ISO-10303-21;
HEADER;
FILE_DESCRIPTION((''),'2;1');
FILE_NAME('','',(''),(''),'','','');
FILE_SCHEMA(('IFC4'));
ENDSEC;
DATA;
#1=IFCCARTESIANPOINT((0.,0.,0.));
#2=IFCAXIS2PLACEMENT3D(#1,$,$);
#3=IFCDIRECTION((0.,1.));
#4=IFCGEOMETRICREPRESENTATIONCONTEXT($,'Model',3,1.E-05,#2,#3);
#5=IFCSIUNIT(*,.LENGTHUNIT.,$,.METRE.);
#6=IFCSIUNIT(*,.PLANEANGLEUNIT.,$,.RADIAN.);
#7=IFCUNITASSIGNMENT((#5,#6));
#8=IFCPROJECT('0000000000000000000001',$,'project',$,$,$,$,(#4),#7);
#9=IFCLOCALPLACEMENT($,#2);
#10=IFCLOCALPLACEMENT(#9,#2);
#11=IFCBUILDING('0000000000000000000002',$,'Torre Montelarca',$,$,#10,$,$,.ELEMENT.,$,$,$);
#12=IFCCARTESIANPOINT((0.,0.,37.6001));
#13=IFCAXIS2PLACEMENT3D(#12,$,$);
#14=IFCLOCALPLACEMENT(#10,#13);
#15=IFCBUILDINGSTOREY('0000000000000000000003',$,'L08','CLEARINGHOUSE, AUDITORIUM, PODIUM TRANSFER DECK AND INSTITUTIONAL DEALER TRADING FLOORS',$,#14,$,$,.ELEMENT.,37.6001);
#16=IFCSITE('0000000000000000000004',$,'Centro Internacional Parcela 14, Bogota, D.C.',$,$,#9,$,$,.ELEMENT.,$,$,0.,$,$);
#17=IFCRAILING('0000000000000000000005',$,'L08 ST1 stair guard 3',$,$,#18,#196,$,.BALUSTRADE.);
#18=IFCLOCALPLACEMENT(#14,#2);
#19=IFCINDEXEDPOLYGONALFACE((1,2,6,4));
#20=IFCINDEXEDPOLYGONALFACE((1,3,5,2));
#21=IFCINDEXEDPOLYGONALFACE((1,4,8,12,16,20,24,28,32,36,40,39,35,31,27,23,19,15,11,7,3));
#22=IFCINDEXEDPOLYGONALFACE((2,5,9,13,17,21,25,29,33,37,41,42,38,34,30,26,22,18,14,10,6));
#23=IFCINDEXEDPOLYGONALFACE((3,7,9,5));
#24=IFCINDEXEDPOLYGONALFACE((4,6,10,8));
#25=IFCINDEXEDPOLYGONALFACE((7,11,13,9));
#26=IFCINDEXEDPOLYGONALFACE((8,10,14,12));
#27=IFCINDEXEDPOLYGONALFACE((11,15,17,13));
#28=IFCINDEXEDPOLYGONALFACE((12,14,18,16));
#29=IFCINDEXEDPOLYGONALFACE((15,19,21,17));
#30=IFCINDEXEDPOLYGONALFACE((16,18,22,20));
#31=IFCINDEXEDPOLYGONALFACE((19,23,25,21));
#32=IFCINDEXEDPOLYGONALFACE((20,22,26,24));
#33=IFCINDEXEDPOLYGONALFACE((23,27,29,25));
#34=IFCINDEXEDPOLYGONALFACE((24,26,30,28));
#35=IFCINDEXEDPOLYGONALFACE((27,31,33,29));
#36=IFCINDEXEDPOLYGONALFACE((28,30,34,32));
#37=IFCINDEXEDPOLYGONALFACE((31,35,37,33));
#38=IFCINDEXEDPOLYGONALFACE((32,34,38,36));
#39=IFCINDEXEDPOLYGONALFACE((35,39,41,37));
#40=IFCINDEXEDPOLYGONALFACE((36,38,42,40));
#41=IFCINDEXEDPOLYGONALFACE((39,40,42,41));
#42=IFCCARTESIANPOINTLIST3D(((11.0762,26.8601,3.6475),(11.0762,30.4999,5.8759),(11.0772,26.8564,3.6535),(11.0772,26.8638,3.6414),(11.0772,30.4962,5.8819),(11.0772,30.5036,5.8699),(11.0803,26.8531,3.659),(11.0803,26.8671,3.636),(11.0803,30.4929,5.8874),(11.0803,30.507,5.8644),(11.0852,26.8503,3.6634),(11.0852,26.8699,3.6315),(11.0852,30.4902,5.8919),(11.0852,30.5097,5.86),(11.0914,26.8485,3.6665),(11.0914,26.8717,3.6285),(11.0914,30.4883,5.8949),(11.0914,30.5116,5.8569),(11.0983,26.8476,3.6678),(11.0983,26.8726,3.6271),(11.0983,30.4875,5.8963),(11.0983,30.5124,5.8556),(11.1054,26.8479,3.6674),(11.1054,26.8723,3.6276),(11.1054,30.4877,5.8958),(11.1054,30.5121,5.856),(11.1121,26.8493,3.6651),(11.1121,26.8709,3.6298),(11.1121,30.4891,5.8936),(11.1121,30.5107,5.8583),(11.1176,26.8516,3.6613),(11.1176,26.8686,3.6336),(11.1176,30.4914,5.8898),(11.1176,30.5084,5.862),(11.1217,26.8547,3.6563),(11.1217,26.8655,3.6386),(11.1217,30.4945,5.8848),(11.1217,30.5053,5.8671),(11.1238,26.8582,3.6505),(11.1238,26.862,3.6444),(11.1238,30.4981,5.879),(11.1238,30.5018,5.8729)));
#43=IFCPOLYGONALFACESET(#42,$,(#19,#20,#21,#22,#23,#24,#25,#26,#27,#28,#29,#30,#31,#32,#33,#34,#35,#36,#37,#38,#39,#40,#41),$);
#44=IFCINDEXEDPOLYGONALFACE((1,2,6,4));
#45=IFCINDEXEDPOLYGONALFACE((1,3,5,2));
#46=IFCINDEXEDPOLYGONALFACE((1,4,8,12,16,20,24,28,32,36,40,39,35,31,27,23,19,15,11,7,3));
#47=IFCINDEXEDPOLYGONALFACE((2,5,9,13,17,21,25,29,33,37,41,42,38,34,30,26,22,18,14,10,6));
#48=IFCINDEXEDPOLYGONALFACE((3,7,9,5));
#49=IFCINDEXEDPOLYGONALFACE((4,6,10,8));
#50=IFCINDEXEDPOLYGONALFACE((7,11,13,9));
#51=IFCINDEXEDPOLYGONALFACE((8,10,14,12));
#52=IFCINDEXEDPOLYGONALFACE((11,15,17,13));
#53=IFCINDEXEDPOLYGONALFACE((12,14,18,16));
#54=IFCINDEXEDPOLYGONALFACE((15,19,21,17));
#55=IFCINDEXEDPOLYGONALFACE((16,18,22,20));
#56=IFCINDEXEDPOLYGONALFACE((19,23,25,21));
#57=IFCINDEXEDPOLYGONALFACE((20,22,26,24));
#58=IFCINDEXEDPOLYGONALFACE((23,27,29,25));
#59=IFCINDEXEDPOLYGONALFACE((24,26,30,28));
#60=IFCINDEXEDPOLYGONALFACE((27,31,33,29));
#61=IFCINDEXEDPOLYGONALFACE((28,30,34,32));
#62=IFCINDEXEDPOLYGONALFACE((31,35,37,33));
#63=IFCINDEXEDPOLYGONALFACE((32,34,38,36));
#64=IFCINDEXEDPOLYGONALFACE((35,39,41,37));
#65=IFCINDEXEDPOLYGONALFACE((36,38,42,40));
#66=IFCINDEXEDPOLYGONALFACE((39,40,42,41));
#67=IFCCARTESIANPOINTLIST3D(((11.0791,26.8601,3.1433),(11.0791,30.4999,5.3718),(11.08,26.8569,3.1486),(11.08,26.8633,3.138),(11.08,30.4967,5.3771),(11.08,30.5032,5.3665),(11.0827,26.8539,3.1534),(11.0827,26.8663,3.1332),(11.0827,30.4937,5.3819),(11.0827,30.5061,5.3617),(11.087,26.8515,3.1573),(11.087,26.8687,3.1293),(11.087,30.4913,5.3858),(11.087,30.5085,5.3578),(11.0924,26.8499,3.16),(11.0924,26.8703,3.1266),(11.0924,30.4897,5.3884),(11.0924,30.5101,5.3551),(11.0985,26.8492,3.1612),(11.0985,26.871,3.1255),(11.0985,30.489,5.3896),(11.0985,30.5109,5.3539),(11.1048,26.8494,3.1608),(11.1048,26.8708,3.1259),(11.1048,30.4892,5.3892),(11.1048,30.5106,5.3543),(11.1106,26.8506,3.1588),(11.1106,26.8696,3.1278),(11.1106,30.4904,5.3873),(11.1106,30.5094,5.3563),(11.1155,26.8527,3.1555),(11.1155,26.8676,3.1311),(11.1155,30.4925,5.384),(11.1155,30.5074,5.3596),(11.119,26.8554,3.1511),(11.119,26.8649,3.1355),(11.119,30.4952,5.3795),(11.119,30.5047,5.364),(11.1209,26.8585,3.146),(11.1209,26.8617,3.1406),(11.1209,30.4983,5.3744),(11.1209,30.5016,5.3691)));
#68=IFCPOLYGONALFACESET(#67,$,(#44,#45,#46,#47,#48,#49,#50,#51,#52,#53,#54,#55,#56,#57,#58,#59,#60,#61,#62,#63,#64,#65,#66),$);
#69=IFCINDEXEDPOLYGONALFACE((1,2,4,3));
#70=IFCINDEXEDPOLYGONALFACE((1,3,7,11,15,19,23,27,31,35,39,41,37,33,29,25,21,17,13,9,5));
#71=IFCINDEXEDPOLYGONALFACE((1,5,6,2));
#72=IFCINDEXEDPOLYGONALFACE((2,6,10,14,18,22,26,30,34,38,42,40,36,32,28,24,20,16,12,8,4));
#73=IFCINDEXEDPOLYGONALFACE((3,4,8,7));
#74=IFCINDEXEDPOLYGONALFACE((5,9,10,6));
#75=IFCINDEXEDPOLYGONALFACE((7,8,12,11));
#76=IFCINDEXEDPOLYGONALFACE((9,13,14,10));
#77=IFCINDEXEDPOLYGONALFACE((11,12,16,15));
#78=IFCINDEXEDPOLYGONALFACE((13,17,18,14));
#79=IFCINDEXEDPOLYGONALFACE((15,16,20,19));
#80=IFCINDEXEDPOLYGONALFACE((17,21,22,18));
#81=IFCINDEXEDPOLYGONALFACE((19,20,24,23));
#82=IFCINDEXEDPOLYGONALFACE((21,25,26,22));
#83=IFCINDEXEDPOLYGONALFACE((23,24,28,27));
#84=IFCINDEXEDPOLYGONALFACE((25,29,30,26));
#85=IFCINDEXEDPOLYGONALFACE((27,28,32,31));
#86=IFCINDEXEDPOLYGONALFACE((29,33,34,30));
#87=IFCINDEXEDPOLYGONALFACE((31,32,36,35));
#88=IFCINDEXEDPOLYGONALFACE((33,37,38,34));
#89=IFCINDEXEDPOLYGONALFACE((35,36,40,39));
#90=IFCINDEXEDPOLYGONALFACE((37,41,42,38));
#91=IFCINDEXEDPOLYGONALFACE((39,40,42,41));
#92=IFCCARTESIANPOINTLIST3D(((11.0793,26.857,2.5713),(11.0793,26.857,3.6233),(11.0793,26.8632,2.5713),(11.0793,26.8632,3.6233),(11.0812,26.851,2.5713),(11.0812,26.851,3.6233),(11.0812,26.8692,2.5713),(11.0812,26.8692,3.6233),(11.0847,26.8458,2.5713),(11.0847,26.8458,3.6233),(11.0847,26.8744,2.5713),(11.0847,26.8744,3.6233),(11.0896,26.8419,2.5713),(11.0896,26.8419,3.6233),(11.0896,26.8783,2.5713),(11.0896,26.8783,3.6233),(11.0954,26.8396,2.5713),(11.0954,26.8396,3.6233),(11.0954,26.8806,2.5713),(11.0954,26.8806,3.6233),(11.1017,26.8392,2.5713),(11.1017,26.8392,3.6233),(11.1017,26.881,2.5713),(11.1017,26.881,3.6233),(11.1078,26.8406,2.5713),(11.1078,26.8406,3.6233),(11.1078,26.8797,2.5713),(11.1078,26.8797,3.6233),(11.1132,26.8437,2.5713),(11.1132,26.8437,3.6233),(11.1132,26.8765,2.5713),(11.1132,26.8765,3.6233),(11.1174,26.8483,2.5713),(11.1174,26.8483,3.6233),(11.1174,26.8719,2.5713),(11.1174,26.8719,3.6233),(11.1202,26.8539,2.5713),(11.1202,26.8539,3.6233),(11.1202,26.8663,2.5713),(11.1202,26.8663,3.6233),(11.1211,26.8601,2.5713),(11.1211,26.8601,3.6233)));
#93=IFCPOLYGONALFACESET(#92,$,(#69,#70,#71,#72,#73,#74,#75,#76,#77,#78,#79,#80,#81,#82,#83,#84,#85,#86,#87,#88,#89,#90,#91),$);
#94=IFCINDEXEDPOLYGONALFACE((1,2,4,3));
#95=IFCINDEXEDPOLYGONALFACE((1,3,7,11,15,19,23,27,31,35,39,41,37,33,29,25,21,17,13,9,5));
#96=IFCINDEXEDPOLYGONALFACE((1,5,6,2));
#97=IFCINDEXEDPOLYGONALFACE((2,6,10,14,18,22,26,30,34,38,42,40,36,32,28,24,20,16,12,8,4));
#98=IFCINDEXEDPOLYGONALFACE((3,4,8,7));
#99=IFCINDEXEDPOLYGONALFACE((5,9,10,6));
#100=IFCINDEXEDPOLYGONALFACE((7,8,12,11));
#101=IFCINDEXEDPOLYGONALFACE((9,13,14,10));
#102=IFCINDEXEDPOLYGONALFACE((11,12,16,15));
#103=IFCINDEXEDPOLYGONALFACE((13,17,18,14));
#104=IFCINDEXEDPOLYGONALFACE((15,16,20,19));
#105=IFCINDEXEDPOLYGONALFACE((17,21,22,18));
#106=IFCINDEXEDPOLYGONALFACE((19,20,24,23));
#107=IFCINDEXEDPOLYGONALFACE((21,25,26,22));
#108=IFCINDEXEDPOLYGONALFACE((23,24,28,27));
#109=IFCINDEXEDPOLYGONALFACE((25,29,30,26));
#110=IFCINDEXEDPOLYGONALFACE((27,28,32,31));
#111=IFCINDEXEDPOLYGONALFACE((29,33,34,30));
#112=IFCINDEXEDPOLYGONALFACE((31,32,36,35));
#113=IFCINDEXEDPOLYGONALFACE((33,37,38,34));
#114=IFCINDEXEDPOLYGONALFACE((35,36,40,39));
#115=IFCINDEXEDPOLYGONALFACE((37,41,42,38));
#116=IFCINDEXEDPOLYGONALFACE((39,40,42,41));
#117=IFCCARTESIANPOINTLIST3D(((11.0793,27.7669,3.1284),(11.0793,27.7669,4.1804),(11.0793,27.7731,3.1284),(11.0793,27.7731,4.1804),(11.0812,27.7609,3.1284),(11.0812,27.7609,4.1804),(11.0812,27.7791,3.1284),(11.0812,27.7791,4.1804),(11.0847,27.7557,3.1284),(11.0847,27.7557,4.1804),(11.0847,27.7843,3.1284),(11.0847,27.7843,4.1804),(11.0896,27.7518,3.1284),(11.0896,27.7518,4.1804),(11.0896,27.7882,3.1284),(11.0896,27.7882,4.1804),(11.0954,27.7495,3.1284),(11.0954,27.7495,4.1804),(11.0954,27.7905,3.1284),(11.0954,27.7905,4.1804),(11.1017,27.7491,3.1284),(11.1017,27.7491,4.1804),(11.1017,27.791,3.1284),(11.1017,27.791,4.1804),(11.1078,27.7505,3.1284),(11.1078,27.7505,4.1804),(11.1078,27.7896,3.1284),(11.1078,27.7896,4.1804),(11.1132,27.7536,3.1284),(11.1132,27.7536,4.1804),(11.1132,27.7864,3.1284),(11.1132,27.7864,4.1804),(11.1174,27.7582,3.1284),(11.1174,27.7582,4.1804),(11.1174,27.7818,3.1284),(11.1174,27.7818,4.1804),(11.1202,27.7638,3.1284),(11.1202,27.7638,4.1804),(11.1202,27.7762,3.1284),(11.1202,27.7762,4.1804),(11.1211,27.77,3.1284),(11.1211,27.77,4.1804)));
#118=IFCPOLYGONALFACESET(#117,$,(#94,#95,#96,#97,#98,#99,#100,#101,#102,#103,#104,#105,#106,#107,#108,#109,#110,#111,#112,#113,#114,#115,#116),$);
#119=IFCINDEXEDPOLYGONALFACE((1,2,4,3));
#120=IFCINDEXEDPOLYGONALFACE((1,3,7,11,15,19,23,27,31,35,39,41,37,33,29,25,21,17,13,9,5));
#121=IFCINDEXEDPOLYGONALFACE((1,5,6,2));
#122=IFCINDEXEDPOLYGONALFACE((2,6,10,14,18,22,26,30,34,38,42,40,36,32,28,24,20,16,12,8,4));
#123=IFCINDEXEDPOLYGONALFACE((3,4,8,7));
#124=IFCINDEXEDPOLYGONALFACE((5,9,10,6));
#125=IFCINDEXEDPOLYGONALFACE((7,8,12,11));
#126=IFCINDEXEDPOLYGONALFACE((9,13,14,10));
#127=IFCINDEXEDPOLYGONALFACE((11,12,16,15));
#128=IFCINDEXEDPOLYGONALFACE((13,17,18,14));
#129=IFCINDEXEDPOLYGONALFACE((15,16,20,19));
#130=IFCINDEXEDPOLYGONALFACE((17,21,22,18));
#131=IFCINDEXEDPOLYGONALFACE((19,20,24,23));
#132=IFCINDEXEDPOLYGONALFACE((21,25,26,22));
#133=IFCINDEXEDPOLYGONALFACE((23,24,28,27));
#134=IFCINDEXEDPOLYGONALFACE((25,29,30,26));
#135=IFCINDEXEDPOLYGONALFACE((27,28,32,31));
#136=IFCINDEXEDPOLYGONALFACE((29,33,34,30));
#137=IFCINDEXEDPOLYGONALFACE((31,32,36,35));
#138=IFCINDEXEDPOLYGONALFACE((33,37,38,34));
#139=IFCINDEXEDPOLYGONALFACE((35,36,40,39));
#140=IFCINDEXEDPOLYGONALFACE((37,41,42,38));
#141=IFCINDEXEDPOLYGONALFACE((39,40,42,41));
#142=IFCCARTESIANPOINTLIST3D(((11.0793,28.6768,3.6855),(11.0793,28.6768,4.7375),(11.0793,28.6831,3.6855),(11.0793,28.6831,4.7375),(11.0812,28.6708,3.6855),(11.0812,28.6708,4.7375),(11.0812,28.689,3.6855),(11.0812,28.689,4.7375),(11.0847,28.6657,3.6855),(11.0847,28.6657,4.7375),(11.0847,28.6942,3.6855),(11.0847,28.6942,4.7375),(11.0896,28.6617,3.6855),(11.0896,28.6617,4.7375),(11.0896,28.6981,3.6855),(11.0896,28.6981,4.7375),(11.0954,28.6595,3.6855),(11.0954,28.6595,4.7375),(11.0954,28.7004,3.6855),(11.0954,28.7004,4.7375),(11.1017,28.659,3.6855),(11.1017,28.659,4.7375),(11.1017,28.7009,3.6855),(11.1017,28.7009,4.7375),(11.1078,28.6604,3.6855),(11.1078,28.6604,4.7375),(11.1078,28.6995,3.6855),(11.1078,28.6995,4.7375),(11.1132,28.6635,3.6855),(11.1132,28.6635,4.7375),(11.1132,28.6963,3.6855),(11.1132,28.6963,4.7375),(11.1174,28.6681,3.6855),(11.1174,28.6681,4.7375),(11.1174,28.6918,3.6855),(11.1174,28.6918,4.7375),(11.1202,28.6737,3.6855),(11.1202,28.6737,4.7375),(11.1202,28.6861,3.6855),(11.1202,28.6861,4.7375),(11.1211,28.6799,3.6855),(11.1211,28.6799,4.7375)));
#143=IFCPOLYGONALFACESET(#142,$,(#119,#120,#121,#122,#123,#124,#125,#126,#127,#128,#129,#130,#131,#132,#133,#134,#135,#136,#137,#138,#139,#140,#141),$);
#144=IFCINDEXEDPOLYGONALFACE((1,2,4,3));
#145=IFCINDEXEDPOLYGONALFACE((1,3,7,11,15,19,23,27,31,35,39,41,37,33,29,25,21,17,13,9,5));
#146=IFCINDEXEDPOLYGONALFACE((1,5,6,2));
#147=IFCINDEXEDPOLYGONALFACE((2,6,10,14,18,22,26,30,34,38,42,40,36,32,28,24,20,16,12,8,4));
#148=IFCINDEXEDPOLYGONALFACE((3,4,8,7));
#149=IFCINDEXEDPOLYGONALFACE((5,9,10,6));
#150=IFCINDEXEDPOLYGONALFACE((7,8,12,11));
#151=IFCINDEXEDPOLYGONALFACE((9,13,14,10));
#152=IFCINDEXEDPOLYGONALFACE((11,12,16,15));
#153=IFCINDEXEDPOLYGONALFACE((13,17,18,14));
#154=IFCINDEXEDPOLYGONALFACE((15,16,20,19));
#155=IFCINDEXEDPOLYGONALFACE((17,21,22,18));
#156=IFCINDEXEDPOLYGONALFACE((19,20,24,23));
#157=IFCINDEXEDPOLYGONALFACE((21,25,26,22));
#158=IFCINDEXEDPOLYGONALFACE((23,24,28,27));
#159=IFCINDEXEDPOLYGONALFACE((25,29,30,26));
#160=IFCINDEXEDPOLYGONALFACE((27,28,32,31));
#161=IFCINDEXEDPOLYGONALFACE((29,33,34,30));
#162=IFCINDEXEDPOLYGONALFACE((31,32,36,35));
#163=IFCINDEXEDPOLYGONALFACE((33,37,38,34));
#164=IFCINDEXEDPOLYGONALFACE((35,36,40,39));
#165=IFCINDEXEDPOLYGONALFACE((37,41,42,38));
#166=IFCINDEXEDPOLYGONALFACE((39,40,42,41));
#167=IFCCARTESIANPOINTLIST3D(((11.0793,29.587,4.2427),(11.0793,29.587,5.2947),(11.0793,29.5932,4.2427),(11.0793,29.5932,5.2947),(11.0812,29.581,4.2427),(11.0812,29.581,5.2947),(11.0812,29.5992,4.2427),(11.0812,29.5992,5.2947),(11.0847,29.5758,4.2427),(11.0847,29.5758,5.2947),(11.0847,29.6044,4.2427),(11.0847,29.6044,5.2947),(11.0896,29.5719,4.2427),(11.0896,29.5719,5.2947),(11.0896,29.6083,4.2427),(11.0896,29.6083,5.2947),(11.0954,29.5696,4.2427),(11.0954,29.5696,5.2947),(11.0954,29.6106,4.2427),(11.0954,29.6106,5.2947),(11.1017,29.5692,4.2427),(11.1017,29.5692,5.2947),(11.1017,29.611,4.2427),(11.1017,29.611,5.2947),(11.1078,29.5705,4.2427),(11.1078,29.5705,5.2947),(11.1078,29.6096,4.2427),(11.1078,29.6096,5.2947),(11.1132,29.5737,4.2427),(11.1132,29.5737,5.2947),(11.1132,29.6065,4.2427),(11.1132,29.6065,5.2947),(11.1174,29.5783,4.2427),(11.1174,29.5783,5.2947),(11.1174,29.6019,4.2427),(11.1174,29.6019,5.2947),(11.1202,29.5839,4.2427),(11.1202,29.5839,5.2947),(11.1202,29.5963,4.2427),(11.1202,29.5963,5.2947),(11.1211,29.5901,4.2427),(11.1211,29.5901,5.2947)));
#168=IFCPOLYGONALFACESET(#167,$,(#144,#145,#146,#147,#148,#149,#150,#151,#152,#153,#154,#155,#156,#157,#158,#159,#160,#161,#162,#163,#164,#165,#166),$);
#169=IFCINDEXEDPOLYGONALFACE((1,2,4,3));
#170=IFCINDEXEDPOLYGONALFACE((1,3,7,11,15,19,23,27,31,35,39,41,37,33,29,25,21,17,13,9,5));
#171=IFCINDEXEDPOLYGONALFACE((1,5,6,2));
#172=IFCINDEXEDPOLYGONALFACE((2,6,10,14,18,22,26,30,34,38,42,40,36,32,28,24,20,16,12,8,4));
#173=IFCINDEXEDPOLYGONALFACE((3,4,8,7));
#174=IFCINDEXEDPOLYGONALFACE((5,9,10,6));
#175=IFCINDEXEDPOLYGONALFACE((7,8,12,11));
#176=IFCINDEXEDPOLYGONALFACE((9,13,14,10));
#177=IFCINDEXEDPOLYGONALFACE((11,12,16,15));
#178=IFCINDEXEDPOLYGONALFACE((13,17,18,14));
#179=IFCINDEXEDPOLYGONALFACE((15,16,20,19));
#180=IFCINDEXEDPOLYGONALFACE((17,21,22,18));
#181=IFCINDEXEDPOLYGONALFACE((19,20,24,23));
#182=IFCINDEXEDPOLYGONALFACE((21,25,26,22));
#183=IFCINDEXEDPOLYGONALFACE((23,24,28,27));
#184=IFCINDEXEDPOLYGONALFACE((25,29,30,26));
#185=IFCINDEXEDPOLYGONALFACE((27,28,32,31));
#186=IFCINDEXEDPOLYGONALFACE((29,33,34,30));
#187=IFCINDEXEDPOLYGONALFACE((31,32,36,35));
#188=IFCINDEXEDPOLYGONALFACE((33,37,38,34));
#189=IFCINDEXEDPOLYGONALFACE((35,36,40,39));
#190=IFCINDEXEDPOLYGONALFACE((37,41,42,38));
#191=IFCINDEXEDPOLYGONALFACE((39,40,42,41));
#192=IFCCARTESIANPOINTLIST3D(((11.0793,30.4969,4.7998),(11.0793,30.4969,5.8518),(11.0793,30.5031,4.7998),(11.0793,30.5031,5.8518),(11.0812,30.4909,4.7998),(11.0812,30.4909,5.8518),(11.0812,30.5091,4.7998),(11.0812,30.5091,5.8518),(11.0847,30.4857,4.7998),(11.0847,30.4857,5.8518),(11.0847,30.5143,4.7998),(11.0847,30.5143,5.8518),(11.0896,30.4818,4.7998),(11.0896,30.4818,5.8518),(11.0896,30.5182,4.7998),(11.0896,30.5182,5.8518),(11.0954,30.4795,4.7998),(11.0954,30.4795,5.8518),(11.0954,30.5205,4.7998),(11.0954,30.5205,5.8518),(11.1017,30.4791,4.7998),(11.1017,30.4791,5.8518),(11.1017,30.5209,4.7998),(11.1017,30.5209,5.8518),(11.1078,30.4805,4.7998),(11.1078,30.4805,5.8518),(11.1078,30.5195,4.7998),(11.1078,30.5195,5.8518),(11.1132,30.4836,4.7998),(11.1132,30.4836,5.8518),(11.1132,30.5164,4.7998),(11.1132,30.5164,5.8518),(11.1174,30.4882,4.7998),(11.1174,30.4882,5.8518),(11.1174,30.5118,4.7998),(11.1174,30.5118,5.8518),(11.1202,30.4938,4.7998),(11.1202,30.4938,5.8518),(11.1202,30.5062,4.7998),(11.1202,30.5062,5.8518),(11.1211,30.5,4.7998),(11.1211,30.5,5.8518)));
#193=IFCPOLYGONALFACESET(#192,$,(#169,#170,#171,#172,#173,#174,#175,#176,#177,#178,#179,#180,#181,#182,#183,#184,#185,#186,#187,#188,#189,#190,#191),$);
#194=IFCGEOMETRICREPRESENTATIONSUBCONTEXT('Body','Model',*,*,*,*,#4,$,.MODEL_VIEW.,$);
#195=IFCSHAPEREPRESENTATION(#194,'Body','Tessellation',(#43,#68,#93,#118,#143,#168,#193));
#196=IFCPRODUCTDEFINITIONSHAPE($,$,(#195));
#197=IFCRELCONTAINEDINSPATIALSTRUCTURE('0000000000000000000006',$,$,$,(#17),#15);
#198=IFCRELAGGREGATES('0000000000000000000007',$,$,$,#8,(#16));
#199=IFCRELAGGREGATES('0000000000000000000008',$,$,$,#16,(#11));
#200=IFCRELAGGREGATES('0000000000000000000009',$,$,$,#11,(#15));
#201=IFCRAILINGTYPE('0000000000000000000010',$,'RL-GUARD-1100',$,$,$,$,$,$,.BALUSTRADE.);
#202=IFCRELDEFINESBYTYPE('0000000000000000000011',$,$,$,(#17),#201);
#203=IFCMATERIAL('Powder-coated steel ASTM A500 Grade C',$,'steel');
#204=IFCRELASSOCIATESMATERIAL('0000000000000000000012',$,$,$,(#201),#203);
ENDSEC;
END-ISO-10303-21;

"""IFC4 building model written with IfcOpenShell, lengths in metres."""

from ifc_helpers import new_model, si_unit, direction, frame, origin, origin_2d, place, context, subcontext, project, spatial, circle, extrude, material, type_object, element, save


model = new_model("IFC4")

# Units and contexts
model_context = context("Model", 3, precision=1e-05, world=origin(), true_north=direction((0.0, 1.0)))
body_context = subcontext(model_context, "Body", "Model", "MODEL_VIEW")
ifc_project = project(units=[si_unit("LENGTHUNIT", "METRE"), si_unit("PLANEANGLEUNIT", "RADIAN")], contexts=[model_context])

# Site, building, storey
site_placement = place(None, origin())
site = spatial("IfcSite", under=ifc_project, at=site_placement, Name="Centro Internacional Parcela 14, Bogota, D.C.", CompositionType="ELEMENT", RefElevation=0.0)
building_placement = place(site_placement, origin())
building = spatial("IfcBuilding", under=site, at=building_placement, Name="Torre Montelarca", CompositionType="ELEMENT")
storey_placement = place(building_placement, frame((0.0, 0.0, 37.6001)))
storey = spatial("IfcBuildingStorey", under=building, at=storey_placement, Name="L08", Description="CLEARINGHOUSE, AUDITORIUM, PODIUM TRANSFER DECK AND INSTITUTIONAL DEALER TRADING FLOORS", CompositionType="ELEMENT", Elevation=37.6001)

# Railing
ifc_material_1 = material(Name="Powder-coated steel ASTM A500 Grade C", Category="steel")
railing_type_1 = type_object("IfcRailingType", Name="RL-GUARD-1100", PredefinedType="BALUSTRADE", material=ifc_material_1)
railing_1_placement = place(storey_placement, frame((11.1001, 26.8601, 2.5713)))
element("IfcRailing", 1, at=railing_1_placement, inside=storey, type_object=railing_type_1, Name="L08 ST1 stair guard 3", PredefinedType="BALUSTRADE", context=body_context, shape_type="SweptSolid", body=[
    extrude(circle(Radius=0.0239, at=origin_2d()), frame((0.0, 0.0, 1.0762), z_axis=(0.0, 0.85285, 0.522156), x_axis=(-1.0, 0.0, 0.0)), (0.0, 0.0, 1.0), 4.2678),
    extrude(circle(Radius=0.021, at=origin_2d()), frame((0.0, 0.0, 0.572), z_axis=(0.0, 0.85285, 0.522156), x_axis=(-1.0, 0.0, 0.0)), (0.0, 0.0, 1.0), 4.2678),
    extrude(circle(Radius=0.021, at=origin_2d()), origin(), (0.0, 0.0, 1.0), 1.052),
    extrude(circle(Radius=0.021, at=origin_2d()), frame((0.0, 0.9099, 0.5571)), (0.0, 0.0, 1.0), 1.052),
    extrude(circle(Radius=0.021, at=origin_2d()), frame((0.0, 1.8198, 1.1143)), (0.0, 0.0, 1.0), 1.052),
    extrude(circle(Radius=0.021, at=origin_2d()), frame((0.0, 2.73, 1.6714)), (0.0, 0.0, 1.0), 1.052),
    extrude(circle(Radius=0.021, at=origin_2d()), frame((0.0, 3.6399, 2.2285)), (0.0, 0.0, 1.0), 1.052),
])

save(model, "model.ifc")
